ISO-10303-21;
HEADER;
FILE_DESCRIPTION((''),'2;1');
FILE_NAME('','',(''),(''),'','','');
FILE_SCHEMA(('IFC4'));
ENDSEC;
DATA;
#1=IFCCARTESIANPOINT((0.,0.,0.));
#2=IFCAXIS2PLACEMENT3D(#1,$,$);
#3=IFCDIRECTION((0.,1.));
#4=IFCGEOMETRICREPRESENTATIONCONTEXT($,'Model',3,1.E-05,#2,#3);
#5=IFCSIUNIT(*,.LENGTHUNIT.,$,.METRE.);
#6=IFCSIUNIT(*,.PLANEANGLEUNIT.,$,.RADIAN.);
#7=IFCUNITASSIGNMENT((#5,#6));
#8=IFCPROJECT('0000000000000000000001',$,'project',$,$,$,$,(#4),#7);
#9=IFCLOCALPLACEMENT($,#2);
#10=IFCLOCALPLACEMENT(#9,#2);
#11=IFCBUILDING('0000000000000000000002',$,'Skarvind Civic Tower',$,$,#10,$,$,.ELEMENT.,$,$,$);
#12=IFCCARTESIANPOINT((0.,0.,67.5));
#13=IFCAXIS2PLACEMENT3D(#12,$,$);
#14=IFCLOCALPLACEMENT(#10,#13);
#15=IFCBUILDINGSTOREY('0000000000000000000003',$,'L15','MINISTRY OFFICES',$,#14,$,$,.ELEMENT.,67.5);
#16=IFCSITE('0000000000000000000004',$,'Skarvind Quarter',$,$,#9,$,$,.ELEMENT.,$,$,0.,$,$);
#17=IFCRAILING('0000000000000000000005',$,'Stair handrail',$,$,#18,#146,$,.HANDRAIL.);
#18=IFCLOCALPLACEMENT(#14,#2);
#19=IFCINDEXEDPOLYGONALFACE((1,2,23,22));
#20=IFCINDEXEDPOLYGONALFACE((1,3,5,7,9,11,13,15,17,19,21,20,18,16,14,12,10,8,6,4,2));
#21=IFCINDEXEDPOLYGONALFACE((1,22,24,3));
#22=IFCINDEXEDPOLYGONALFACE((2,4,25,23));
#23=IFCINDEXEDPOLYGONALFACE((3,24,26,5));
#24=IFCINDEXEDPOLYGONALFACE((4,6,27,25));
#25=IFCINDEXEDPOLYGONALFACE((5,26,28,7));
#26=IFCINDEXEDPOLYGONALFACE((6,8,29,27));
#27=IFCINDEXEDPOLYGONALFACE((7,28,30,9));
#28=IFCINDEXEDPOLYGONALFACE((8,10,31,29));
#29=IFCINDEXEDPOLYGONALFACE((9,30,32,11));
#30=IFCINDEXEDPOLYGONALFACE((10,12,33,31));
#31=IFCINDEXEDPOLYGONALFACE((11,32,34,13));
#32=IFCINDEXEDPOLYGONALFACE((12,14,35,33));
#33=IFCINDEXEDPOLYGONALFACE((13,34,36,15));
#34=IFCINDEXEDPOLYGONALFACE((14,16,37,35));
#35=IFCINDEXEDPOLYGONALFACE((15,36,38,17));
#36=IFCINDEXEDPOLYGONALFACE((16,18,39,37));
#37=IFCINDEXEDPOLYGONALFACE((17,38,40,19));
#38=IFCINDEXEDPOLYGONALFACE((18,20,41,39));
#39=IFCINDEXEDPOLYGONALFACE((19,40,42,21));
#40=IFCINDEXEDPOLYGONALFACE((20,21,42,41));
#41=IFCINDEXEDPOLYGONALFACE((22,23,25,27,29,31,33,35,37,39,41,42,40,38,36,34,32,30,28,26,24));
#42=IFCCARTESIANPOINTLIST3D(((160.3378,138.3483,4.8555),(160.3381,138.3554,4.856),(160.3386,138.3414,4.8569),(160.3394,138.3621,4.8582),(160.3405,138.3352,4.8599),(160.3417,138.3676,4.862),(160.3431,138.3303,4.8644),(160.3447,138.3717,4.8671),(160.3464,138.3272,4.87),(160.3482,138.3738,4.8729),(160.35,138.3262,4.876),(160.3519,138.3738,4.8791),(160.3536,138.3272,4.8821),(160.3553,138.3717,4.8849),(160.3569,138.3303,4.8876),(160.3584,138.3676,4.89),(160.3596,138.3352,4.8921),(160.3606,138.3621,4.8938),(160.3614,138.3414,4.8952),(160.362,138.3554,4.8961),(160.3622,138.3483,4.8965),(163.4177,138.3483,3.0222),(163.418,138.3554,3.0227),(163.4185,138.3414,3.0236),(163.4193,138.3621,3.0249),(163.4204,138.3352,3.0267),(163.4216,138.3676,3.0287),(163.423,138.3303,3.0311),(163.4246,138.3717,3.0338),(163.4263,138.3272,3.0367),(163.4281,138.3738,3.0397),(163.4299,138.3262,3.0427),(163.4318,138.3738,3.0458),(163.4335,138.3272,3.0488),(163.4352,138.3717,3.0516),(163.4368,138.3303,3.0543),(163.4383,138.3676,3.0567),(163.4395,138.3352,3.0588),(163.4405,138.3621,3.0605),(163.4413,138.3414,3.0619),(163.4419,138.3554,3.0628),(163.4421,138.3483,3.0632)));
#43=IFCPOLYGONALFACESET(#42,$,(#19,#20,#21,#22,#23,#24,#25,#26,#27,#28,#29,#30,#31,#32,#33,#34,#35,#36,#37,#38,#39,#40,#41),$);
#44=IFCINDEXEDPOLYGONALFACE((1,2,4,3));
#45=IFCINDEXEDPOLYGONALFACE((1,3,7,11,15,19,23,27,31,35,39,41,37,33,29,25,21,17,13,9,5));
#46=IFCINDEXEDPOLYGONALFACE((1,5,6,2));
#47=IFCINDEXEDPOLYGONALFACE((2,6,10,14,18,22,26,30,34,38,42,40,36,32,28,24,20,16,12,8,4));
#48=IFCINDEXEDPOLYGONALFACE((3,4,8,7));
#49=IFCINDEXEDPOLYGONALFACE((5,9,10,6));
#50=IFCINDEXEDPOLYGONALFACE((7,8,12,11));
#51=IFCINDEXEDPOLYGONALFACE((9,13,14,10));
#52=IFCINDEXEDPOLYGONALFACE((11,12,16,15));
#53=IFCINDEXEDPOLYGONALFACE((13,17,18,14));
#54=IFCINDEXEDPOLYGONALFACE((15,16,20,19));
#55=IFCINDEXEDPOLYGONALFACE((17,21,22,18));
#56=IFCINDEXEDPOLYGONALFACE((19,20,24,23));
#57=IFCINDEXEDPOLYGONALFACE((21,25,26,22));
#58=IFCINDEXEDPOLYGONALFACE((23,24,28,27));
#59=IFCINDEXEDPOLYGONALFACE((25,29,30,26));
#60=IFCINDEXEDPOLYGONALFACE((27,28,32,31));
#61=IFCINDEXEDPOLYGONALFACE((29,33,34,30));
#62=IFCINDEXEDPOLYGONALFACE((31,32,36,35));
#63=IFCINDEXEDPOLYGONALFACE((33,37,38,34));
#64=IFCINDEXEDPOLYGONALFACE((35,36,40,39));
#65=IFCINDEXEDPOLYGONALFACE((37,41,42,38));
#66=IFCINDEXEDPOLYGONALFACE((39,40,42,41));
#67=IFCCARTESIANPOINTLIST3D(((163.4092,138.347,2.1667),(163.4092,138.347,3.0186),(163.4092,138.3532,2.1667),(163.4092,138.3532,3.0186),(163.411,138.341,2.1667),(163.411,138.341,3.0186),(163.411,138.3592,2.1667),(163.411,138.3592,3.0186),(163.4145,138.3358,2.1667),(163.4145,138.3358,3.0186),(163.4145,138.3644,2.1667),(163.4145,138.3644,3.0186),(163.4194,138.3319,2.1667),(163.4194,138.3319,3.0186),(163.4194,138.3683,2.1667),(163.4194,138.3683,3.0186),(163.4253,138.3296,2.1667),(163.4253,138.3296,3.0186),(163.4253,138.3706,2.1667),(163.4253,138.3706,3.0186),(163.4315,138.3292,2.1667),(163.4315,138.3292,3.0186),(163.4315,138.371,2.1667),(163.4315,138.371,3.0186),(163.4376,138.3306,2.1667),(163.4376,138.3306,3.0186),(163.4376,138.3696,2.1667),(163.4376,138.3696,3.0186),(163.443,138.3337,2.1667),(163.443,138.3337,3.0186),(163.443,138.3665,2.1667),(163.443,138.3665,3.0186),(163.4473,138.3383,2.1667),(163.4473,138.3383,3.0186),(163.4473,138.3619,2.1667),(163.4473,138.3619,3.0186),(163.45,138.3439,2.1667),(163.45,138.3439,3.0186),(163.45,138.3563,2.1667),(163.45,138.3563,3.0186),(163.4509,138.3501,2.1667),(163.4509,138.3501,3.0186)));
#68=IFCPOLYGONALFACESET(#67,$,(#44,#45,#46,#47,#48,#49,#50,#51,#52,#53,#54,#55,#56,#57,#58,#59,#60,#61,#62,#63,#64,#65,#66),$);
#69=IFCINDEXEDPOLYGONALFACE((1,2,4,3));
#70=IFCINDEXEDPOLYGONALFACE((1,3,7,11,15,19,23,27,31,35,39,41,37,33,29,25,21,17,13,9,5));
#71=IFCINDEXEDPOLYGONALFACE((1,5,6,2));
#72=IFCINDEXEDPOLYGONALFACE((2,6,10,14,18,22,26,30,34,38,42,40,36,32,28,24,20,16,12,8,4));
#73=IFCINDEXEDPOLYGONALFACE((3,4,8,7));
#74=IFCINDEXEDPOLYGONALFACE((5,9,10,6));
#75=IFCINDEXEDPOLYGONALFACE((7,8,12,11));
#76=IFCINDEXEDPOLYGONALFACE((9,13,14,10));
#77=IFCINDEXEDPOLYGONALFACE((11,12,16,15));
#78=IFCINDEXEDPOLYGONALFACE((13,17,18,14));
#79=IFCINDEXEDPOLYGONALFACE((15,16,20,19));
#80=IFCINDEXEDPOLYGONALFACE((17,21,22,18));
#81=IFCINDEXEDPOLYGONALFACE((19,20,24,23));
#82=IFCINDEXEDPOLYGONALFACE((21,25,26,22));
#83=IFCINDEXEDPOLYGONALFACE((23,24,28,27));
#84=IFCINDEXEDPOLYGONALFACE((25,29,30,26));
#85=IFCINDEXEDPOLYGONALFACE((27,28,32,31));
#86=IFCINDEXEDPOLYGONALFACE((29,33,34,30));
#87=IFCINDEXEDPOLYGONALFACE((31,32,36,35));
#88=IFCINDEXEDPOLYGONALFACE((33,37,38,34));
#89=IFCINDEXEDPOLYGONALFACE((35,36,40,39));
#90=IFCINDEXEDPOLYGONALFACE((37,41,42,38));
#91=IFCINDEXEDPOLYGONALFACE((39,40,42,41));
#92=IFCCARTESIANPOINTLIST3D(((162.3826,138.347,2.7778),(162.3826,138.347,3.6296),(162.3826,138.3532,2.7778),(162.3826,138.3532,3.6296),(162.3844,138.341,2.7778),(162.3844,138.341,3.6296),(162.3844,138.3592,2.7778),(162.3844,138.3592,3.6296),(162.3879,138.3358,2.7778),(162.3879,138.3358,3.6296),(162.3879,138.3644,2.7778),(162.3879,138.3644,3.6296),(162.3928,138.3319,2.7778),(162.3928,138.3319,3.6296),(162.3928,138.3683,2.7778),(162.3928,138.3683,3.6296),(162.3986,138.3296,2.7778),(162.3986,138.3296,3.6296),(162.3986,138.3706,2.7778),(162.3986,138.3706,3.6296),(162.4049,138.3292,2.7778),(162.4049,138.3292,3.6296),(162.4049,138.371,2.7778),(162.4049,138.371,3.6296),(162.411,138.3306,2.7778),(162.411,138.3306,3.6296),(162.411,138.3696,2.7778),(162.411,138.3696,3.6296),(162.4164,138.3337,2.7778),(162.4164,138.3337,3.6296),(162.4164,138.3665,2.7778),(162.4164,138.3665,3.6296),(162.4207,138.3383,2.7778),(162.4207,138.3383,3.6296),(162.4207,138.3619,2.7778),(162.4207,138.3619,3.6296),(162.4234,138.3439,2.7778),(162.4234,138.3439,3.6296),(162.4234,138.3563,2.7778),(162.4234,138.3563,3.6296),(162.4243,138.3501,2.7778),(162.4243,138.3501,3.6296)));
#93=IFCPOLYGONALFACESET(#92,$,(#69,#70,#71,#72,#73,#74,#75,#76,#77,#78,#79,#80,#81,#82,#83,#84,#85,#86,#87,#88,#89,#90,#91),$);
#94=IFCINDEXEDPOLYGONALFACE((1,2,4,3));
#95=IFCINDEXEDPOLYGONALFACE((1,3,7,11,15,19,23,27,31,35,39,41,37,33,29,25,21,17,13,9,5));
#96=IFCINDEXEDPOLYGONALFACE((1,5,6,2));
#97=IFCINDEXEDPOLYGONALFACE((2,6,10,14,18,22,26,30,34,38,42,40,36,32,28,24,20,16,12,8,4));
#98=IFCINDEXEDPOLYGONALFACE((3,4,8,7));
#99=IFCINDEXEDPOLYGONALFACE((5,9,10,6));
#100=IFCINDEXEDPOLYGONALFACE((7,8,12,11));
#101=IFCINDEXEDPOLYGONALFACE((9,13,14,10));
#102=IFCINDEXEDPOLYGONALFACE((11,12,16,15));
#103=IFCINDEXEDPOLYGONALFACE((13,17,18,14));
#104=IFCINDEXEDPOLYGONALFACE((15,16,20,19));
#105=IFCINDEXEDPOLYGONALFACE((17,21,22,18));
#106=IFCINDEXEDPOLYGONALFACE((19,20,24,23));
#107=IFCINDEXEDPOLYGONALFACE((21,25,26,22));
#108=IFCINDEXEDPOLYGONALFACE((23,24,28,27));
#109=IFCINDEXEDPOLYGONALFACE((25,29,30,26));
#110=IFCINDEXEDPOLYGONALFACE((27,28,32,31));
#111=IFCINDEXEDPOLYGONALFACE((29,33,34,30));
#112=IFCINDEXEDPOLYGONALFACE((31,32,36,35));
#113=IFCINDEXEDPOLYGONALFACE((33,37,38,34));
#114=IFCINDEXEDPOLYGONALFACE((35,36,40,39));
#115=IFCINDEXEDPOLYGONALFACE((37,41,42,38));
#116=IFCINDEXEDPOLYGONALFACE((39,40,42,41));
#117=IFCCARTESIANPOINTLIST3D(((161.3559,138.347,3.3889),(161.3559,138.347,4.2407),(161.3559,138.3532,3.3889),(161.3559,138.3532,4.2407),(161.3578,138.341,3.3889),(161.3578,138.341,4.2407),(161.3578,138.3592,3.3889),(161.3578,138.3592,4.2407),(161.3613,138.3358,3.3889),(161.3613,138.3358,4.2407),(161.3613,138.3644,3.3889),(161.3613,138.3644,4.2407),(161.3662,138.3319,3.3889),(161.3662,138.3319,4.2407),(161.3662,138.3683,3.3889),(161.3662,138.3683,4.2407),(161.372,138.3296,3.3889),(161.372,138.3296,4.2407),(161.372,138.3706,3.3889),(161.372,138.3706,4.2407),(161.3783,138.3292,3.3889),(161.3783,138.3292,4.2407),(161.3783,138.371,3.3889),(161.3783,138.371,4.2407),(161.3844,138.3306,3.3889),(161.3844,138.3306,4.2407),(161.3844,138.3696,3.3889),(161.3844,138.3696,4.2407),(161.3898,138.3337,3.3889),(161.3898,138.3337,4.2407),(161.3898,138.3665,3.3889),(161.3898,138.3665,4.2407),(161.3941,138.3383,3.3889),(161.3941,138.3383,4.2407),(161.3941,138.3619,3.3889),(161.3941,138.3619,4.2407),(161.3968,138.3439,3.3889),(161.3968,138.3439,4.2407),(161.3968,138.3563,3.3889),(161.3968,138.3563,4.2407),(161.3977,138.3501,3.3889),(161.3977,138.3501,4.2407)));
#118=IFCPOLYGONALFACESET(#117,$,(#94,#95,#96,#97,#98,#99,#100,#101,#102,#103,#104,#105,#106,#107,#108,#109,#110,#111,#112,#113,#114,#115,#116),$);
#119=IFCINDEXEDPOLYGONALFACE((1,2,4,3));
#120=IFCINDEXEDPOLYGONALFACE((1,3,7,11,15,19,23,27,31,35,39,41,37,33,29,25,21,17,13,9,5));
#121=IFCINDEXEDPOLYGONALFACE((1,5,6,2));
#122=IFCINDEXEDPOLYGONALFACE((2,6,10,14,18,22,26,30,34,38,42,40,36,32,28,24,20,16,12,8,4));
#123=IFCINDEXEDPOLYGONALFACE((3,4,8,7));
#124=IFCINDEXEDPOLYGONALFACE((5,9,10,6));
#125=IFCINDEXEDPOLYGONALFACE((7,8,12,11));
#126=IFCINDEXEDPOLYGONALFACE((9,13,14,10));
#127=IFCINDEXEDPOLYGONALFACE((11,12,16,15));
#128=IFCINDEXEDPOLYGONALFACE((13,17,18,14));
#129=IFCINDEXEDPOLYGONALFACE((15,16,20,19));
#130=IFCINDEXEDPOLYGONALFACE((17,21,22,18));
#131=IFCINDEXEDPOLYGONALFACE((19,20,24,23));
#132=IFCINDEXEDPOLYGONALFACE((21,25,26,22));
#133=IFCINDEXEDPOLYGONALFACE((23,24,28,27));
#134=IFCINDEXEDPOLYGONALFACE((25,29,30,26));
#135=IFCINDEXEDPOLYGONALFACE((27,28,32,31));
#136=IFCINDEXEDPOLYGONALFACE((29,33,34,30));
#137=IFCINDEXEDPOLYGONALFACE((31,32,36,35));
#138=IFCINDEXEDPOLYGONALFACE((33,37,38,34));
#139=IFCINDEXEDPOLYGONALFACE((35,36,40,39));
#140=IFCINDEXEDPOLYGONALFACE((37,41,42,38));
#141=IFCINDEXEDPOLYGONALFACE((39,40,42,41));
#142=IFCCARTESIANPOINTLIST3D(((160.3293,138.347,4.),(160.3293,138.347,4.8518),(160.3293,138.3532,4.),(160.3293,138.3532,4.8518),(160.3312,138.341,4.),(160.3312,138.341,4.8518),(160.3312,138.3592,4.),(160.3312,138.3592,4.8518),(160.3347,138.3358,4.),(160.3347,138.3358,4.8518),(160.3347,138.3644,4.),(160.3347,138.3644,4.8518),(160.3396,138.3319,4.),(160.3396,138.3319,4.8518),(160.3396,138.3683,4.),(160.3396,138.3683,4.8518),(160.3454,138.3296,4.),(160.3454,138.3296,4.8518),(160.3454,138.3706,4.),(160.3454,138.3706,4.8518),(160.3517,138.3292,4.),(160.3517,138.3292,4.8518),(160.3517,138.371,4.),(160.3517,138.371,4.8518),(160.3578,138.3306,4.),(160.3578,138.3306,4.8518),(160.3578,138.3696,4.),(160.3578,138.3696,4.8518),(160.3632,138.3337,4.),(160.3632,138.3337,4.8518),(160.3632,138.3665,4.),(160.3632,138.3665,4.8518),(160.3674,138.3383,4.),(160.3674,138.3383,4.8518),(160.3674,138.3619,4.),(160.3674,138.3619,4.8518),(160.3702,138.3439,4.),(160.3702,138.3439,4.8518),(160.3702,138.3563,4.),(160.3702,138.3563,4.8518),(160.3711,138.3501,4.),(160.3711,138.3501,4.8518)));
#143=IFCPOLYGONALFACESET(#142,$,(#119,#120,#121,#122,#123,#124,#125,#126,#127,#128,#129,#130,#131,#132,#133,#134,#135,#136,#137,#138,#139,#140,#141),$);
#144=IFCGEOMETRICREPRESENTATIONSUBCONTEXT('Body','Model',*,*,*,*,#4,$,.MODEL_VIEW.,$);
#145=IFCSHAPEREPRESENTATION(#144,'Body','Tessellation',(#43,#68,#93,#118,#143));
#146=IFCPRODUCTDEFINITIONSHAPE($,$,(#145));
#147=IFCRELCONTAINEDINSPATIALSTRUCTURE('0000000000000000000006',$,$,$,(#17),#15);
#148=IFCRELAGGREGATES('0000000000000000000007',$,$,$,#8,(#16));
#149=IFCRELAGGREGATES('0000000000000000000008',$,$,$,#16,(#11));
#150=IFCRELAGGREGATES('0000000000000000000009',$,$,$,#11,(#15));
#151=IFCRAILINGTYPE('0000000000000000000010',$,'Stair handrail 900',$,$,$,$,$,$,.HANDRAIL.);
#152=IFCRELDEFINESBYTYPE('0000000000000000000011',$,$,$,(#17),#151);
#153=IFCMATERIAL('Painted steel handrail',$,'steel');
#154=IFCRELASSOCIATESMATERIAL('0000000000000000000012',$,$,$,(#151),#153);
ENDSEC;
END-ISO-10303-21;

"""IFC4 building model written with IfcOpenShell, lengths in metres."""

from ifc_helpers import new_model, si_unit, direction, frame, origin, origin_2d, place, context, subcontext, project, spatial, circle, extrude, material, type_object, element, save


model = new_model("IFC4")

# Units and contexts
model_context = context("Model", 3, precision=1e-05, world=origin(), true_north=direction((0.0, 1.0)))
body_context = subcontext(model_context, "Body", "Model", "MODEL_VIEW")
ifc_project = project(units=[si_unit("LENGTHUNIT", "METRE"), si_unit("PLANEANGLEUNIT", "RADIAN")], contexts=[model_context])

# Site, building, storey
site_placement = place(None, origin())
site = spatial("IfcSite", under=ifc_project, at=site_placement, Name="Skarvind Quarter", CompositionType="ELEMENT", RefElevation=0.0)
building_placement = place(site_placement, origin())
building = spatial("IfcBuilding", under=site, at=building_placement, Name="Skarvind Civic Tower", CompositionType="ELEMENT")
storey_placement = place(building_placement, frame((0.0, 0.0, 67.5)))
storey = spatial("IfcBuildingStorey", under=building, at=storey_placement, Name="L15", Description="MINISTRY OFFICES", CompositionType="ELEMENT", Elevation=67.5)

# Railing
ifc_material_1 = material(Name="Painted steel handrail", Category="steel")
railing_type = type_object("IfcRailingType", Name="Stair handrail 900", PredefinedType="HANDRAIL", material=ifc_material_1)
railing_1_placement = place(storey_placement, frame((163.4299, 138.3501, 2.1667)))
element("IfcRailing", 1, at=railing_1_placement, inside=storey, type_object=railing_type, Name="Stair handrail", PredefinedType="HANDRAIL", context=body_context, shape_type="SweptSolid", body=[
    extrude(circle(Radius=0.0239, at=origin_2d()), frame((0.0, 0.0, 0.876), z_axis=(-0.859291, 0.0, 0.511487), x_axis=(0.0, -1.0, 0.0)), (0.0, 0.0, 1.0), 3.5842),
    extrude(circle(Radius=0.021, at=origin_2d()), origin(), (0.0, 0.0, 1.0), 0.8518),
    extrude(circle(Radius=0.021, at=origin_2d()), frame((-1.0266, 0.0, 0.6111)), (0.0, 0.0, 1.0), 0.8518),
    extrude(circle(Radius=0.021, at=origin_2d()), frame((-2.0532, 0.0, 1.2222)), (0.0, 0.0, 1.0), 0.8518),
    extrude(circle(Radius=0.021, at=origin_2d()), frame((-3.0798, 0.0, 1.8333)), (0.0, 0.0, 1.0), 0.8518),
])

save(model, "model.ifc")
